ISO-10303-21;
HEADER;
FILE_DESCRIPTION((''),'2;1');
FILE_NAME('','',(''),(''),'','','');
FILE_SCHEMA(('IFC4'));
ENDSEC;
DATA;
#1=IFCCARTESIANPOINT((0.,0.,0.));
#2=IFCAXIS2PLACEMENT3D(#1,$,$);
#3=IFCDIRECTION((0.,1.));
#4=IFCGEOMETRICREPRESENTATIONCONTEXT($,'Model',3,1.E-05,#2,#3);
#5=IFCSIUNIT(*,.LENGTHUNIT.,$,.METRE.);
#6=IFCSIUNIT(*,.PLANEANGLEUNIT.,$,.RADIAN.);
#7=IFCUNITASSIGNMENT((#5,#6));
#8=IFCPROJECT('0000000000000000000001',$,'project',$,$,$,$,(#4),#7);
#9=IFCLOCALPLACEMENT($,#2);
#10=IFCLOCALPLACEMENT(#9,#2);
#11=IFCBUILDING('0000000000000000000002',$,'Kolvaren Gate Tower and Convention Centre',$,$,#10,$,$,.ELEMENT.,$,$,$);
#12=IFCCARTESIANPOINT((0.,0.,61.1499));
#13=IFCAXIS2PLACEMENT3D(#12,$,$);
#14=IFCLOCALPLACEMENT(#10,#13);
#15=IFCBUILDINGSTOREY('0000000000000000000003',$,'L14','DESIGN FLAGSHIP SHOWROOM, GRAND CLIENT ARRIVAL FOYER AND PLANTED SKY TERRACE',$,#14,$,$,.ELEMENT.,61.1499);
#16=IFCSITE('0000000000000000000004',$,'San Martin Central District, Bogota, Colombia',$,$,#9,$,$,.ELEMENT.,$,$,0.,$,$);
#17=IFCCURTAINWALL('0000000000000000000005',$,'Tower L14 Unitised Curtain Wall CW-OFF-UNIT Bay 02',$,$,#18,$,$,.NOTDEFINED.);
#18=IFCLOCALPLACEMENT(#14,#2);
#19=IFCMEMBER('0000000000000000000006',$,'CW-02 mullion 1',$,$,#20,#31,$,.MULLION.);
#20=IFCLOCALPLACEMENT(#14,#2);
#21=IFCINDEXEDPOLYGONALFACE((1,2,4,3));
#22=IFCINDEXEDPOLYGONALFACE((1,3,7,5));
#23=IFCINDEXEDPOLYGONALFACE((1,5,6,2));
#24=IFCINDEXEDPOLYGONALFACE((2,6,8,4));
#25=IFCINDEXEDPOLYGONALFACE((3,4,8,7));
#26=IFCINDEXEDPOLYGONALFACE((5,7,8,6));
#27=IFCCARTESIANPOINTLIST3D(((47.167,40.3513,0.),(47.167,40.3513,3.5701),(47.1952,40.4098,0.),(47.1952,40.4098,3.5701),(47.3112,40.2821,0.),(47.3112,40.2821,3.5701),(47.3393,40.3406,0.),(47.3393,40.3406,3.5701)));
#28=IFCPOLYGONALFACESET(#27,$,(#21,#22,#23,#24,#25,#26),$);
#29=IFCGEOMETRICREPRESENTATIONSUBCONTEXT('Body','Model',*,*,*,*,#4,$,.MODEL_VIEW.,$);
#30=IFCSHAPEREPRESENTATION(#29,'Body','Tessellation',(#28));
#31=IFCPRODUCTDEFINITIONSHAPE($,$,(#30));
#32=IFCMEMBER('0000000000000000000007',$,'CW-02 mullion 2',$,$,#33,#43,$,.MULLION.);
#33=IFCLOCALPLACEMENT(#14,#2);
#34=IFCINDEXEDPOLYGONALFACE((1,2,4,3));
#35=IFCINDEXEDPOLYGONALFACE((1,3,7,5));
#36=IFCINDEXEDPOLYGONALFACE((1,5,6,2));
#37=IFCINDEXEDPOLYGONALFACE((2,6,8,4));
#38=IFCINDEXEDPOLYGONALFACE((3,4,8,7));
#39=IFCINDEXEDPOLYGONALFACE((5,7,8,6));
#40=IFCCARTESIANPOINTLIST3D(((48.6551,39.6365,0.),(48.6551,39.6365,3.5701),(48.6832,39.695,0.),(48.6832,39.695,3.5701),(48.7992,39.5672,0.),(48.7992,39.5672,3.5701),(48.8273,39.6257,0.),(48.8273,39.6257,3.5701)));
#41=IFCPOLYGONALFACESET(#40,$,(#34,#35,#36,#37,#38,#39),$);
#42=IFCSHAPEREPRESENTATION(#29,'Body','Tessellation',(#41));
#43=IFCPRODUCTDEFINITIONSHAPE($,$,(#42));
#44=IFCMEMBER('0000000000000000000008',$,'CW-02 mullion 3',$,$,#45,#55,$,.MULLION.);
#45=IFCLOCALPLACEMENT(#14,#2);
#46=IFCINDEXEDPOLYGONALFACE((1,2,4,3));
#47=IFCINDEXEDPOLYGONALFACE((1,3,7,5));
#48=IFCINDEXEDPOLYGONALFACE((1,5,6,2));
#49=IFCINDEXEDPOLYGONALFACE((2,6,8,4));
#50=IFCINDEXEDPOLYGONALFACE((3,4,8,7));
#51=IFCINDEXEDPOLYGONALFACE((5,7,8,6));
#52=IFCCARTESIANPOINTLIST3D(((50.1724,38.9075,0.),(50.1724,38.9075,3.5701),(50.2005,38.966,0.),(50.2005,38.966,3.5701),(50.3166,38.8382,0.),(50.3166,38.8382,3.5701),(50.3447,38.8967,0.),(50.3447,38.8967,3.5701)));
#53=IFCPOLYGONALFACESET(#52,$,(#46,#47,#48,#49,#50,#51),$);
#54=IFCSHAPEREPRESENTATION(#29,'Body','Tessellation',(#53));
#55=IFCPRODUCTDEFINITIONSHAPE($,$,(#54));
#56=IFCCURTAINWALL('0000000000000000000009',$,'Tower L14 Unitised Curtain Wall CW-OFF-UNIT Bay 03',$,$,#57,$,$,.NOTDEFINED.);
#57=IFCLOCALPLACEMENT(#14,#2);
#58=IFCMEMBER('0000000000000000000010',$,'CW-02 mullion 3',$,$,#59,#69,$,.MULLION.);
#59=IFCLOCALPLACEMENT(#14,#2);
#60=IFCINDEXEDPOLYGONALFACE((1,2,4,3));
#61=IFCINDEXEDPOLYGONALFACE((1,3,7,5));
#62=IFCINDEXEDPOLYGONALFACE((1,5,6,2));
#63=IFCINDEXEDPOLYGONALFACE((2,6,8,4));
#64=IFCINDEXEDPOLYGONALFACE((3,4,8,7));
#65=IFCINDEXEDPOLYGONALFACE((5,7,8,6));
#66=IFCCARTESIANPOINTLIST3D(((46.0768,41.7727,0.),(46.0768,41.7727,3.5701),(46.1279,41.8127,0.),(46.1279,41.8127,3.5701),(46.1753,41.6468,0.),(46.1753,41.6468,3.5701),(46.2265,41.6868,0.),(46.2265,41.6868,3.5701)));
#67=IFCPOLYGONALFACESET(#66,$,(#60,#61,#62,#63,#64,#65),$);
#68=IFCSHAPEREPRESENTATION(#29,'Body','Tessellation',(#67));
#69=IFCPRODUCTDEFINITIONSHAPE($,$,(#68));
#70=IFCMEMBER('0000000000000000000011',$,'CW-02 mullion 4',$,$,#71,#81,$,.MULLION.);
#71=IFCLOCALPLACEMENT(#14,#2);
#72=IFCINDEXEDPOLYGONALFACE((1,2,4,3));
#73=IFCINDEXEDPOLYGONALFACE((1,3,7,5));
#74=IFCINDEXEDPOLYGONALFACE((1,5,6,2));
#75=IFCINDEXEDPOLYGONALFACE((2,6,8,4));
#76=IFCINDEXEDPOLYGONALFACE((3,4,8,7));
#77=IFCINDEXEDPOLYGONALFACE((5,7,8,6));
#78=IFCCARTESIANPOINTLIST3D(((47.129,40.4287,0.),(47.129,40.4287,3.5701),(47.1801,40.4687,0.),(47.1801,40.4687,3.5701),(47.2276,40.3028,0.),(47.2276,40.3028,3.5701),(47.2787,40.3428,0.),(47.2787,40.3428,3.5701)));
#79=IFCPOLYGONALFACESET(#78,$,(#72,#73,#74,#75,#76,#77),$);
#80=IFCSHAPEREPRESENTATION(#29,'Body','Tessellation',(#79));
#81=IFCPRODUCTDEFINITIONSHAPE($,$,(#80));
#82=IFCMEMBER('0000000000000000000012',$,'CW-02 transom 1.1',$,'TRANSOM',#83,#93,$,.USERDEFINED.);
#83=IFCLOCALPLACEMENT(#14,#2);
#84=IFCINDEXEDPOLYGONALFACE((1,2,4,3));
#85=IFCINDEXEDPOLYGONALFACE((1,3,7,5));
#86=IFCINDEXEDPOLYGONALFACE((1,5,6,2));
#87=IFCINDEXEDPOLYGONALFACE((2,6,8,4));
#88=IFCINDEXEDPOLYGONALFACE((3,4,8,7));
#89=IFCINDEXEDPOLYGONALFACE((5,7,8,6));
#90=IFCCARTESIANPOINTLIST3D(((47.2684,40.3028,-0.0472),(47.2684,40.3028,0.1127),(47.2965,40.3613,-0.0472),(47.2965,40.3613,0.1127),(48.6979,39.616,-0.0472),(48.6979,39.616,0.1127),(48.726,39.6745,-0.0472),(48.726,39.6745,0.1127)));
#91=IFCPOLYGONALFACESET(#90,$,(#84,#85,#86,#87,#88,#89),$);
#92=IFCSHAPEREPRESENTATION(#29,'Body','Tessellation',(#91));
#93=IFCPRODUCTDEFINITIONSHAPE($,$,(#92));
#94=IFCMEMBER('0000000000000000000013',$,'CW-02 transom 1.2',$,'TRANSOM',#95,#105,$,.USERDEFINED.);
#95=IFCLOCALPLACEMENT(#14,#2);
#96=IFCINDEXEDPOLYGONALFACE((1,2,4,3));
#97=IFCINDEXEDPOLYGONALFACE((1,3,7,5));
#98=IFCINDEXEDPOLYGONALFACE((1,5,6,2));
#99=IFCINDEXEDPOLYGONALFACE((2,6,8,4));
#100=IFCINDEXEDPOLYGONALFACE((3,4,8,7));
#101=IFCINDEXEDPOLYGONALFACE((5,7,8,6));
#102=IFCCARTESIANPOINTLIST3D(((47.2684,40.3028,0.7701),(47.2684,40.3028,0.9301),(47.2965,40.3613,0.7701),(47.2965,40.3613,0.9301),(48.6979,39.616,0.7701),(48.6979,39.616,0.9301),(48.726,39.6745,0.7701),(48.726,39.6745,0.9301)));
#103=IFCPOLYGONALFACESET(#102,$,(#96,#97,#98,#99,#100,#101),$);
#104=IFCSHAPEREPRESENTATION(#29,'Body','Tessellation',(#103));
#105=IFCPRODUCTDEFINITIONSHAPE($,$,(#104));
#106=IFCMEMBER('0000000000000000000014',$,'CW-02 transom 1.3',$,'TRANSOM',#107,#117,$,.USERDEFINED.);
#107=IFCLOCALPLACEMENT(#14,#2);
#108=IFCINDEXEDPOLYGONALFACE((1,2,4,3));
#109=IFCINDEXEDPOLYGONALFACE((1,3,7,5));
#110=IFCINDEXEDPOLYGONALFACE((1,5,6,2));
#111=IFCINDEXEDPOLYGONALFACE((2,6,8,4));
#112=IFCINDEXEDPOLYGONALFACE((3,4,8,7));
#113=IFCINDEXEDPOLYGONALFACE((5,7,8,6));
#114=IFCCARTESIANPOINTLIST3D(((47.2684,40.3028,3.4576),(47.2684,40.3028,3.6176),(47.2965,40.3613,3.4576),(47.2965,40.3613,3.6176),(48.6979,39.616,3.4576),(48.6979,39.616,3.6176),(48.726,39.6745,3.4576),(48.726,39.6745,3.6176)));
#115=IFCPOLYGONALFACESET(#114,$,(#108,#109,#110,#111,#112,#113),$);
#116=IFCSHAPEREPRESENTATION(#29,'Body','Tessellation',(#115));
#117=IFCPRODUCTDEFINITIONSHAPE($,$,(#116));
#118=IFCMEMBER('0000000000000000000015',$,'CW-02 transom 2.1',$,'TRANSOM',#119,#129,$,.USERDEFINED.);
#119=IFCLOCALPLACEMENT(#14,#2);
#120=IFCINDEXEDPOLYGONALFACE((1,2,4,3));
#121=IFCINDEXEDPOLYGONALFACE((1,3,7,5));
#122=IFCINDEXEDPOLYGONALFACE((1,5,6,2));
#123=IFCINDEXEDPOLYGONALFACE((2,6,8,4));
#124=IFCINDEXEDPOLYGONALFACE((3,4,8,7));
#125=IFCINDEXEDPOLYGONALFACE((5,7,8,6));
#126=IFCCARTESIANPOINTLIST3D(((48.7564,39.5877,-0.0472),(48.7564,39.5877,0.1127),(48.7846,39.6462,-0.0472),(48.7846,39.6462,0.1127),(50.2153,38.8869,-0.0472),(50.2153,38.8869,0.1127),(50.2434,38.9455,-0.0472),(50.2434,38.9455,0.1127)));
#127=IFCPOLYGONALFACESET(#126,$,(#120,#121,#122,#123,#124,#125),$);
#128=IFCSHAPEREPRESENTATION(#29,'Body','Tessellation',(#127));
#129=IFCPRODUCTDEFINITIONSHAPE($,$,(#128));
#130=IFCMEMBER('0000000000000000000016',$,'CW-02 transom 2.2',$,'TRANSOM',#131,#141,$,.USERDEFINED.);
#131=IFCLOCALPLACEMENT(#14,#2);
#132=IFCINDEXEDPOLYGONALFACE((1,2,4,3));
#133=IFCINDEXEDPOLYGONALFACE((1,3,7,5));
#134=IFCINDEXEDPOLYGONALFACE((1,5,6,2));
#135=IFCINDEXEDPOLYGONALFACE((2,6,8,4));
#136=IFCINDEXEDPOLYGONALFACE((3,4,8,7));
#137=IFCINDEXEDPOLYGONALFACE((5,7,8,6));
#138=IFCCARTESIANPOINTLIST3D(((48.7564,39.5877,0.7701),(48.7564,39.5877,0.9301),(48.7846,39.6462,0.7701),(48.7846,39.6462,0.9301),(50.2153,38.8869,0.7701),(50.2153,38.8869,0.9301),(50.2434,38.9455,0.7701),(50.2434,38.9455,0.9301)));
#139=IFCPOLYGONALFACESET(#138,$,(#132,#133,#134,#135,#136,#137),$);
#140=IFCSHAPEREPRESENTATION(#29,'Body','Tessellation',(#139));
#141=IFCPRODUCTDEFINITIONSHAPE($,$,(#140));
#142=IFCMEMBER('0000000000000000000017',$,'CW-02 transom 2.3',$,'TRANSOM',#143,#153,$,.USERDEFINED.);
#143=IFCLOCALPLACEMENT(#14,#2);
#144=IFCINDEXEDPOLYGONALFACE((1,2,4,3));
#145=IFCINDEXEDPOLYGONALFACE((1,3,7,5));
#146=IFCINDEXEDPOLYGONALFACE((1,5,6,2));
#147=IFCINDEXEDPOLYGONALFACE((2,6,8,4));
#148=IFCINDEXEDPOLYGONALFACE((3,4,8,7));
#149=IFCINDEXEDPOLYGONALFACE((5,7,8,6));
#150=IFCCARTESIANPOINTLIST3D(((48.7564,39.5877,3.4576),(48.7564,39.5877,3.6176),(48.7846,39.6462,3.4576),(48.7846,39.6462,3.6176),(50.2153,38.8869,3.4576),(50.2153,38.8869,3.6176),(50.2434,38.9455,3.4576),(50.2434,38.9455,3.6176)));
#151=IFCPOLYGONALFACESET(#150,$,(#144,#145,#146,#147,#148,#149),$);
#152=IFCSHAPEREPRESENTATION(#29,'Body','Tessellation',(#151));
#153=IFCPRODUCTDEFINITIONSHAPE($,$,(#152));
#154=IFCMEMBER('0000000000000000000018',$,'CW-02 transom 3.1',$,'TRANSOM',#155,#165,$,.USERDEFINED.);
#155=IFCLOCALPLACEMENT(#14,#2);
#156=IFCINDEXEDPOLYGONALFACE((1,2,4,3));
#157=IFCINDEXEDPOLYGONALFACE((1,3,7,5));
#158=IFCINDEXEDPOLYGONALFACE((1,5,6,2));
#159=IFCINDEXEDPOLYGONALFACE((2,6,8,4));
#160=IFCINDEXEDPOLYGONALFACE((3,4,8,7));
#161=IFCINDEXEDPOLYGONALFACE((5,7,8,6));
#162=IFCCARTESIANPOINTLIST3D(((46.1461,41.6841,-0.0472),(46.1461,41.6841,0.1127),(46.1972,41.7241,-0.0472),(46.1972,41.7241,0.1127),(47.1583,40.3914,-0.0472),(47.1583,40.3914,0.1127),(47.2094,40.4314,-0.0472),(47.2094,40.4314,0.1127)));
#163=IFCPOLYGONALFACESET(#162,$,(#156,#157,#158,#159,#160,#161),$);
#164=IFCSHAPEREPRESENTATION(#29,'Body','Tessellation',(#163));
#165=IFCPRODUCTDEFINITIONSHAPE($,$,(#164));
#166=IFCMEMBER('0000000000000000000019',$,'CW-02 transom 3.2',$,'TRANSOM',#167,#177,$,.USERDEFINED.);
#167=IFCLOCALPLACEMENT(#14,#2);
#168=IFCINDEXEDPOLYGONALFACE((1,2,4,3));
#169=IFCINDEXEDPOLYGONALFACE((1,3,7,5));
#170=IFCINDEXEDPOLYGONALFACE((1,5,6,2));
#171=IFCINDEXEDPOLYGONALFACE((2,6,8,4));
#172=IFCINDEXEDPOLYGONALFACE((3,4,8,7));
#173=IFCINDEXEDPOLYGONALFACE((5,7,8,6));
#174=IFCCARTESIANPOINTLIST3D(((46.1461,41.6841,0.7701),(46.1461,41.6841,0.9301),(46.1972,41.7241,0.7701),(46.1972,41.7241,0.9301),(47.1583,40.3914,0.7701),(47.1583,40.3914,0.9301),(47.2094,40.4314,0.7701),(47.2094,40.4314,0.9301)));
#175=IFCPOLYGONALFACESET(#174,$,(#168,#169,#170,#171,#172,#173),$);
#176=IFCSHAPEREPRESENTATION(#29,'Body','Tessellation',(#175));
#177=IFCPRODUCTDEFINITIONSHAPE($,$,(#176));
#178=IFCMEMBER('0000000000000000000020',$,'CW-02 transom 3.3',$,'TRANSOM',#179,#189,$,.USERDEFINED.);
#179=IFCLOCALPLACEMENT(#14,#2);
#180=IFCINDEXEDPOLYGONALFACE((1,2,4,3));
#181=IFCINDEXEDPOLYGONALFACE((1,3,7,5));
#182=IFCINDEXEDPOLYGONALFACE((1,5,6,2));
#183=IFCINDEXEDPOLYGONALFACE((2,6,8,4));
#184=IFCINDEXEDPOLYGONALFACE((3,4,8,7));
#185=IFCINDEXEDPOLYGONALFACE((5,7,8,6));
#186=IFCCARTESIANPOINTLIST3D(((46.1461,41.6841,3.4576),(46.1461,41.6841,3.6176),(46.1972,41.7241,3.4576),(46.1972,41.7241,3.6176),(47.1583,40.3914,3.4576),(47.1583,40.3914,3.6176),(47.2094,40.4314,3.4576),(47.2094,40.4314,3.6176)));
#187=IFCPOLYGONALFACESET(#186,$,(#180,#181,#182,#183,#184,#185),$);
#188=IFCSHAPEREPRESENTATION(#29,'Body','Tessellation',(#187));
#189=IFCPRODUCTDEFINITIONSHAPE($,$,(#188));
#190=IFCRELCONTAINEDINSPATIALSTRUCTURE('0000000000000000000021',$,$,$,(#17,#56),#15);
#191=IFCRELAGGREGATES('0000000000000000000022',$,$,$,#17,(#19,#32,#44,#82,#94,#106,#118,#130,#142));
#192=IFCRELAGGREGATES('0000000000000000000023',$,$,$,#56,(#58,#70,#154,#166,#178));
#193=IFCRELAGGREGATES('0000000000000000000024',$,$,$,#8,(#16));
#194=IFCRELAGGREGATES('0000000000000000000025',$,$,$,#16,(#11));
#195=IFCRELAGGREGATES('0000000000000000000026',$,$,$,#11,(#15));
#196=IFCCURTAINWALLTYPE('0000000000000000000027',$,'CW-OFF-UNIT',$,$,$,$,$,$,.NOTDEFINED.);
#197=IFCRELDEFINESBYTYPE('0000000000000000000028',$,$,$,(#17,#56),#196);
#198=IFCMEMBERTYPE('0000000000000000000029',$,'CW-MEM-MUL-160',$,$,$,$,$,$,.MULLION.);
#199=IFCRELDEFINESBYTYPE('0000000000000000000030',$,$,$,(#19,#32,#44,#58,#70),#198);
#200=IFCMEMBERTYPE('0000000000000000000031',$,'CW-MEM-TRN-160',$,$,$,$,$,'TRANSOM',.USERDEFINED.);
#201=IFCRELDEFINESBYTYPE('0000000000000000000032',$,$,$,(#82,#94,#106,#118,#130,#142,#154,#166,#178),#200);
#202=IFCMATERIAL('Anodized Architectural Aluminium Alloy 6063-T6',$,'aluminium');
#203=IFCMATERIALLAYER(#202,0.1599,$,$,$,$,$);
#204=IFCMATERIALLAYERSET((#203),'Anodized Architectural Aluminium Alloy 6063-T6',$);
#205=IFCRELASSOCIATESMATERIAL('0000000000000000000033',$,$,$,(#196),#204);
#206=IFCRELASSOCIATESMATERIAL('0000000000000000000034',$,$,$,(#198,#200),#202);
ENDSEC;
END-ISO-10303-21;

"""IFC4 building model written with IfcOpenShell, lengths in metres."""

from ifc_helpers import new_model, si_unit, direction, frame, origin, origin_2d, place, context, subcontext, project, spatial, rectangle, extrude, material, layer, layer_set, material_profile, profile_set, type_object, element, aggregate, save


model = new_model("IFC4")

# Units and contexts
model_context = context("Model", 3, precision=1e-05, world=origin(), true_north=direction((0.0, 1.0)))
body_context = subcontext(model_context, "Body", "Model", "MODEL_VIEW")
ifc_project = project(units=[si_unit("LENGTHUNIT", "METRE"), si_unit("PLANEANGLEUNIT", "RADIAN")], contexts=[model_context])

# Site, building, storey
site_placement = place(None, origin())
site = spatial("IfcSite", under=ifc_project, at=site_placement, Name="San Martin Central District, Bogota, Colombia", CompositionType="ELEMENT", RefElevation=0.0)
building_placement = place(site_placement, origin())
building = spatial("IfcBuilding", under=site, at=building_placement, Name="Kolvaren Gate Tower and Convention Centre", CompositionType="ELEMENT")
storey_placement = place(building_placement, frame((0.0, 0.0, 61.1499)))
storey = spatial("IfcBuildingStorey", under=building, at=storey_placement, Name="L14", Description="DESIGN FLAGSHIP SHOWROOM, GRAND CLIENT ARRIVAL FOYER AND PLANTED SKY TERRACE", CompositionType="ELEMENT", Elevation=61.1499)

# Curtain walls, members
ifc_material_1 = material(Name="Anodized Architectural Aluminium Alloy 6063-T6", Category="aluminium")
ifc_layer_1 = layer(ifc_material_1, 0.1599)
ifc_layer_set_1 = layer_set([ifc_layer_1], Name="Anodized Architectural Aluminium Alloy 6063-T6")
curtain_wall_type = type_object("IfcCurtainWallType", Name="CW-OFF-UNIT", PredefinedType="NOTDEFINED", material=ifc_layer_set_1)
curtain_wall_1_placement = place(storey_placement, origin())
curtain_wall_1 = element("IfcCurtainWall", 1, at=curtain_wall_1_placement, inside=storey, type_object=curtain_wall_type, Name="Tower L14 Unitised Curtain Wall CW-OFF-UNIT Bay 02", PredefinedType="NOTDEFINED")
ifc_material_profile_1 = material_profile(ifc_material_1, rectangle(XDim=0.0649, YDim=0.1599, at=origin_2d()), Name="CW-MEM-MUL-160")
ifc_profile_set_1 = profile_set([ifc_material_profile_1], Name="Anodized Architectural Aluminium Alloy 6063-T6")
member_type_1 = type_object("IfcMemberType", Name="CW-MEM-MUL-160", PredefinedType="MULLION", material=ifc_profile_set_1)
member_1_placement = place(storey_placement, frame((47.2532, 40.3459, 0.0), z_axis=(0.0, 0.0, 1.0), x_axis=(0.433067, 0.901362, 0.0)))
member_1 = element("IfcMember", 2, at=member_1_placement, type_object=member_type_1, Name="CW-02 mullion 1", PredefinedType="MULLION", context=body_context, shape_type="SweptSolid", body=[
    extrude(rectangle(XDim=0.0649, YDim=0.1599, at=origin_2d()), origin(), (0.0, 0.0, 1.0), 3.5701),
])
member_2_placement = place(storey_placement, frame((48.7412, 39.6311, 0.0), z_axis=(0.0, 0.0, 1.0), x_axis=(0.433067, 0.901362, 0.0)))
member_2 = element("IfcMember", 3, at=member_2_placement, type_object=member_type_1, Name="CW-02 mullion 2", PredefinedType="MULLION", context=body_context, shape_type="SweptSolid", body=[
    extrude(rectangle(XDim=0.0649, YDim=0.1599, at=origin_2d()), origin(), (0.0, 0.0, 1.0), 3.5701),
])
member_3_placement = place(storey_placement, frame((50.2585, 38.9021, 0.0), z_axis=(0.0, 0.0, 1.0), x_axis=(0.433067, 0.901362, 0.0)))
member_3 = element("IfcMember", 4, at=member_3_placement, type_object=member_type_1, Name="CW-02 mullion 3", PredefinedType="MULLION", context=body_context, shape_type="SweptSolid", body=[
    extrude(rectangle(XDim=0.0649, YDim=0.1599, at=origin_2d()), origin(), (0.0, 0.0, 1.0), 3.5701),
])
curtain_wall_2_placement = place(storey_placement, origin())
curtain_wall_2 = element("IfcCurtainWall", 5, at=curtain_wall_2_placement, inside=storey, type_object=curtain_wall_type, Name="Tower L14 Unitised Curtain Wall CW-OFF-UNIT Bay 03", PredefinedType="NOTDEFINED")
member_4_placement = place(storey_placement, frame((46.1516, 41.7297, 0.0), z_axis=(0.0, 0.0, 1.0), x_axis=(0.787406, 0.616434, 0.0)))
member_4 = element("IfcMember", 6, at=member_4_placement, type_object=member_type_1, Name="CW-02 mullion 3", PredefinedType="MULLION", context=body_context, shape_type="SweptSolid", body=[
    extrude(rectangle(XDim=0.0649, YDim=0.1599, at=origin_2d()), origin(), (0.0, 0.0, 1.0), 3.5701),
])
member_5_placement = place(storey_placement, frame((47.2039, 40.3857, 0.0), z_axis=(0.0, 0.0, 1.0), x_axis=(0.787406, 0.616434, 0.0)))
member_5 = element("IfcMember", 7, at=member_5_placement, type_object=member_type_1, Name="CW-02 mullion 4", PredefinedType="MULLION", context=body_context, shape_type="SweptSolid", body=[
    extrude(rectangle(XDim=0.0649, YDim=0.1599, at=origin_2d()), origin(), (0.0, 0.0, 1.0), 3.5701),
])

# Members
ifc_material_profile_2 = material_profile(ifc_material_1, rectangle(XDim=0.0649, YDim=0.1599, at=origin_2d()), Name="CW-MEM-TRN-160")
ifc_profile_set_2 = profile_set([ifc_material_profile_2], Name="Anodized Architectural Aluminium Alloy 6063-T6")
member_type_2 = type_object("IfcMemberType", Name="CW-MEM-TRN-160", ElementType="TRANSOM", PredefinedType="USERDEFINED", material=ifc_profile_set_2)
member_6_placement = place(storey_placement, frame((47.2825, 40.332, 0.0327), z_axis=(0.901367, -0.433056, 0.0), x_axis=(0.433056, 0.901367, 0.0)))
member_6 = element("IfcMember", 8, at=member_6_placement, type_object=member_type_2, Name="CW-02 transom 1.1", ObjectType="TRANSOM", PredefinedType="USERDEFINED", context=body_context, shape_type="SweptSolid", body=[
    extrude(rectangle(XDim=0.0649, YDim=0.1599, at=origin_2d()), origin(), (0.0, 0.0, 1.0), 1.5859),
])
member_7_placement = place(storey_placement, frame((47.2825, 40.332, 0.8501), z_axis=(0.901367, -0.433056, 0.0), x_axis=(0.433056, 0.901367, 0.0)))
member_7 = element("IfcMember", 9, at=member_7_placement, type_object=member_type_2, Name="CW-02 transom 1.2", ObjectType="TRANSOM", PredefinedType="USERDEFINED", context=body_context, shape_type="SweptSolid", body=[
    extrude(rectangle(XDim=0.0649, YDim=0.1599, at=origin_2d()), origin(), (0.0, 0.0, 1.0), 1.5859),
])
member_8_placement = place(storey_placement, frame((47.2825, 40.332, 3.5376), z_axis=(0.901367, -0.433056, 0.0), x_axis=(0.433056, 0.901367, 0.0)))
member_8 = element("IfcMember", 10, at=member_8_placement, type_object=member_type_2, Name="CW-02 transom 1.3", ObjectType="TRANSOM", PredefinedType="USERDEFINED", context=body_context, shape_type="SweptSolid", body=[
    extrude(rectangle(XDim=0.0649, YDim=0.1599, at=origin_2d()), origin(), (0.0, 0.0, 1.0), 1.5859),
])
member_9_placement = place(storey_placement, frame((48.7705, 39.6169, 0.0327), z_axis=(0.901405, -0.432976, 0.0), x_axis=(0.432976, 0.901405, 0.0)))
member_9 = element("IfcMember", 11, at=member_9_placement, type_object=member_type_2, Name="CW-02 transom 2.1", ObjectType="TRANSOM", PredefinedType="USERDEFINED", context=body_context, shape_type="SweptSolid", body=[
    extrude(rectangle(XDim=0.0649, YDim=0.1599, at=origin_2d()), origin(), (0.0, 0.0, 1.0), 1.6184),
])
member_10_placement = place(storey_placement, frame((48.7705, 39.6169, 0.8501), z_axis=(0.901405, -0.432976, 0.0), x_axis=(0.432976, 0.901405, 0.0)))
member_10 = element("IfcMember", 12, at=member_10_placement, type_object=member_type_2, Name="CW-02 transom 2.2", ObjectType="TRANSOM", PredefinedType="USERDEFINED", context=body_context, shape_type="SweptSolid", body=[
    extrude(rectangle(XDim=0.0649, YDim=0.1599, at=origin_2d()), origin(), (0.0, 0.0, 1.0), 1.6184),
])
member_11_placement = place(storey_placement, frame((48.7705, 39.6169, 3.5376), z_axis=(0.901405, -0.432976, 0.0), x_axis=(0.432976, 0.901405, 0.0)))
member_11 = element("IfcMember", 13, at=member_11_placement, type_object=member_type_2, Name="CW-02 transom 2.3", ObjectType="TRANSOM", PredefinedType="USERDEFINED", context=body_context, shape_type="SweptSolid", body=[
    extrude(rectangle(XDim=0.0649, YDim=0.1599, at=origin_2d()), origin(), (0.0, 0.0, 1.0), 1.6184),
])
member_12_placement = place(storey_placement, frame((46.1716, 41.7041, 0.0327), z_axis=(0.616501, -0.787354, 0.0), x_axis=(0.787354, 0.616501, 0.0)))
member_12 = element("IfcMember", 14, at=member_12_placement, type_object=member_type_2, Name="CW-02 transom 3.1", ObjectType="TRANSOM", PredefinedType="USERDEFINED", context=body_context, shape_type="SweptSolid", body=[
    extrude(rectangle(XDim=0.0649, YDim=0.1599, at=origin_2d()), origin(), (0.0, 0.0, 1.0), 1.6418),
])
member_13_placement = place(storey_placement, frame((46.1716, 41.7041, 0.8501), z_axis=(0.616501, -0.787354, 0.0), x_axis=(0.787354, 0.616501, 0.0)))
member_13 = element("IfcMember", 15, at=member_13_placement, type_object=member_type_2, Name="CW-02 transom 3.2", ObjectType="TRANSOM", PredefinedType="USERDEFINED", context=body_context, shape_type="SweptSolid", body=[
    extrude(rectangle(XDim=0.0649, YDim=0.1599, at=origin_2d()), origin(), (0.0, 0.0, 1.0), 1.6418),
])
member_14_placement = place(storey_placement, frame((46.1716, 41.7041, 3.5376), z_axis=(0.616501, -0.787354, 0.0), x_axis=(0.787354, 0.616501, 0.0)))
member_14 = element("IfcMember", 16, at=member_14_placement, type_object=member_type_2, Name="CW-02 transom 3.3", ObjectType="TRANSOM", PredefinedType="USERDEFINED", context=body_context, shape_type="SweptSolid", body=[
    extrude(rectangle(XDim=0.0649, YDim=0.1599, at=origin_2d()), origin(), (0.0, 0.0, 1.0), 1.6418),
])

aggregate(curtain_wall_1, [member_1, member_2, member_3, member_6, member_7, member_8, member_9, member_10, member_11])
aggregate(curtain_wall_2, [member_4, member_5, member_12, member_13, member_14])

save(model, "model.ifc")
